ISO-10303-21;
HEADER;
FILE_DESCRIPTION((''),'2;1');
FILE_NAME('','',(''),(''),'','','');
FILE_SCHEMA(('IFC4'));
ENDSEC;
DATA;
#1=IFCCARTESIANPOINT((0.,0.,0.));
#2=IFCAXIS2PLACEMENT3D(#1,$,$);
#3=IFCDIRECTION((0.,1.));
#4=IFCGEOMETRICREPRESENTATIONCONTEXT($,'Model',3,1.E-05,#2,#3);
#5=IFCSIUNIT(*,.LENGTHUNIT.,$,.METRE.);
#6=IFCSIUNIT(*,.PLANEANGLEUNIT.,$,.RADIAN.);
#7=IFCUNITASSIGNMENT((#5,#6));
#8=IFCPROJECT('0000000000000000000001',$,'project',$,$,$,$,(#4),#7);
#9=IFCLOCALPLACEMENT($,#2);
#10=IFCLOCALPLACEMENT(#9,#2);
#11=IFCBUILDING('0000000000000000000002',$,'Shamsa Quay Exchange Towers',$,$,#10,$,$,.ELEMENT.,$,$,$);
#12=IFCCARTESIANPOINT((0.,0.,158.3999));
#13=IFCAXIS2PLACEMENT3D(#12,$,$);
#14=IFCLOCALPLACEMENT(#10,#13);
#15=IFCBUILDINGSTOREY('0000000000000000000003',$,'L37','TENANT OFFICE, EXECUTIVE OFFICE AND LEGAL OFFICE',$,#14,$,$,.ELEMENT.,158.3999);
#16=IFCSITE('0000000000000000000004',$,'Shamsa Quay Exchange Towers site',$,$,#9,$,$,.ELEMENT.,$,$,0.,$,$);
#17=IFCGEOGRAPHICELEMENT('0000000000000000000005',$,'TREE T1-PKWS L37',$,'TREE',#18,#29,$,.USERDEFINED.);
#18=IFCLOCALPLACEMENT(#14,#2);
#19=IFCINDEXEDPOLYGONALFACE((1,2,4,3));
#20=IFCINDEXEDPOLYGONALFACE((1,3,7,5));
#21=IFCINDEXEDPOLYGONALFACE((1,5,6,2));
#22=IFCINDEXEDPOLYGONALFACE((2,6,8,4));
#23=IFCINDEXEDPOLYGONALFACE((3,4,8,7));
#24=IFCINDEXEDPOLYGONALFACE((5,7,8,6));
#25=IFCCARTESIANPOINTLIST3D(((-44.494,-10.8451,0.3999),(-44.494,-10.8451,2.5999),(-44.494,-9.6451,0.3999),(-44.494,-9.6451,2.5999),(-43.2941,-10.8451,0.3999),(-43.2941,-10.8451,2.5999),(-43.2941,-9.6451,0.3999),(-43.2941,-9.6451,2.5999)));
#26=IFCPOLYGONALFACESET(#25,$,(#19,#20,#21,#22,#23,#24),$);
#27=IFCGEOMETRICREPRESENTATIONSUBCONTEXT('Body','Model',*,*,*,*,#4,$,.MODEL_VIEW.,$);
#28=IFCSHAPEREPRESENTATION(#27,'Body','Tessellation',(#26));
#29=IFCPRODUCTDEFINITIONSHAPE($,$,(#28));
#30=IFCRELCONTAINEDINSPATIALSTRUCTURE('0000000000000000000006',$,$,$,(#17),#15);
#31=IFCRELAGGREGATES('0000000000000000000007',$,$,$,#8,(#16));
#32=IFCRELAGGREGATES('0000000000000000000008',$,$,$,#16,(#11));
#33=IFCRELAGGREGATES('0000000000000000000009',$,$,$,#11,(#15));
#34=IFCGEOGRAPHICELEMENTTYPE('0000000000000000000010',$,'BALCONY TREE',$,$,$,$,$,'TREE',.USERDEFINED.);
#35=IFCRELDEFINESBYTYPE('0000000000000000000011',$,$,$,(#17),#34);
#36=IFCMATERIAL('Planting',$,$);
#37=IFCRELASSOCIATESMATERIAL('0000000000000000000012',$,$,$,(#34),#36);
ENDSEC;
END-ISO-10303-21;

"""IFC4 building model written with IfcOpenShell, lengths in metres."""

from ifc_helpers import new_model, si_unit, direction, frame, origin, origin_2d, place, context, subcontext, project, spatial, rectangle, extrude, material, type_object, element, save


model = new_model("IFC4")

# Units and contexts
model_context = context("Model", 3, precision=1e-05, world=origin(), true_north=direction((0.0, 1.0)))
body_context = subcontext(model_context, "Body", "Model", "MODEL_VIEW")
ifc_project = project(units=[si_unit("LENGTHUNIT", "METRE"), si_unit("PLANEANGLEUNIT", "RADIAN")], contexts=[model_context])

# Site, building, storey
site_placement = place(None, origin())
site = spatial("IfcSite", under=ifc_project, at=site_placement, Name="Shamsa Quay Exchange Towers site", CompositionType="ELEMENT", RefElevation=0.0)
building_placement = place(site_placement, origin())
building = spatial("IfcBuilding", under=site, at=building_placement, Name="Shamsa Quay Exchange Towers", CompositionType="ELEMENT")
storey_placement = place(building_placement, frame((0.0, 0.0, 158.3999)))
storey = spatial("IfcBuildingStorey", under=building, at=storey_placement, Name="L37", Description="TENANT OFFICE, EXECUTIVE OFFICE AND LEGAL OFFICE", CompositionType="ELEMENT", Elevation=158.3999)

# Geographic element
ifc_material_1 = material(Name="Planting")
geographic_element_type = type_object("IfcGeographicElementType", Name="BALCONY TREE", ElementType="TREE", PredefinedType="USERDEFINED", material=ifc_material_1)
geographic_element_placement = place(storey_placement, frame((-43.894, -10.2451, 0.3999)))
element("IfcGeographicElement", 1, at=geographic_element_placement, inside=storey, type_object=geographic_element_type, Name="TREE T1-PKWS L37", ObjectType="TREE", PredefinedType="USERDEFINED", context=body_context, shape_type="SweptSolid", body=[
    extrude(rectangle(XDim=1.2, YDim=1.2, at=origin_2d()), origin(), (0.0, 0.0, 1.0), 2.2),
])

save(model, "model.ifc")
